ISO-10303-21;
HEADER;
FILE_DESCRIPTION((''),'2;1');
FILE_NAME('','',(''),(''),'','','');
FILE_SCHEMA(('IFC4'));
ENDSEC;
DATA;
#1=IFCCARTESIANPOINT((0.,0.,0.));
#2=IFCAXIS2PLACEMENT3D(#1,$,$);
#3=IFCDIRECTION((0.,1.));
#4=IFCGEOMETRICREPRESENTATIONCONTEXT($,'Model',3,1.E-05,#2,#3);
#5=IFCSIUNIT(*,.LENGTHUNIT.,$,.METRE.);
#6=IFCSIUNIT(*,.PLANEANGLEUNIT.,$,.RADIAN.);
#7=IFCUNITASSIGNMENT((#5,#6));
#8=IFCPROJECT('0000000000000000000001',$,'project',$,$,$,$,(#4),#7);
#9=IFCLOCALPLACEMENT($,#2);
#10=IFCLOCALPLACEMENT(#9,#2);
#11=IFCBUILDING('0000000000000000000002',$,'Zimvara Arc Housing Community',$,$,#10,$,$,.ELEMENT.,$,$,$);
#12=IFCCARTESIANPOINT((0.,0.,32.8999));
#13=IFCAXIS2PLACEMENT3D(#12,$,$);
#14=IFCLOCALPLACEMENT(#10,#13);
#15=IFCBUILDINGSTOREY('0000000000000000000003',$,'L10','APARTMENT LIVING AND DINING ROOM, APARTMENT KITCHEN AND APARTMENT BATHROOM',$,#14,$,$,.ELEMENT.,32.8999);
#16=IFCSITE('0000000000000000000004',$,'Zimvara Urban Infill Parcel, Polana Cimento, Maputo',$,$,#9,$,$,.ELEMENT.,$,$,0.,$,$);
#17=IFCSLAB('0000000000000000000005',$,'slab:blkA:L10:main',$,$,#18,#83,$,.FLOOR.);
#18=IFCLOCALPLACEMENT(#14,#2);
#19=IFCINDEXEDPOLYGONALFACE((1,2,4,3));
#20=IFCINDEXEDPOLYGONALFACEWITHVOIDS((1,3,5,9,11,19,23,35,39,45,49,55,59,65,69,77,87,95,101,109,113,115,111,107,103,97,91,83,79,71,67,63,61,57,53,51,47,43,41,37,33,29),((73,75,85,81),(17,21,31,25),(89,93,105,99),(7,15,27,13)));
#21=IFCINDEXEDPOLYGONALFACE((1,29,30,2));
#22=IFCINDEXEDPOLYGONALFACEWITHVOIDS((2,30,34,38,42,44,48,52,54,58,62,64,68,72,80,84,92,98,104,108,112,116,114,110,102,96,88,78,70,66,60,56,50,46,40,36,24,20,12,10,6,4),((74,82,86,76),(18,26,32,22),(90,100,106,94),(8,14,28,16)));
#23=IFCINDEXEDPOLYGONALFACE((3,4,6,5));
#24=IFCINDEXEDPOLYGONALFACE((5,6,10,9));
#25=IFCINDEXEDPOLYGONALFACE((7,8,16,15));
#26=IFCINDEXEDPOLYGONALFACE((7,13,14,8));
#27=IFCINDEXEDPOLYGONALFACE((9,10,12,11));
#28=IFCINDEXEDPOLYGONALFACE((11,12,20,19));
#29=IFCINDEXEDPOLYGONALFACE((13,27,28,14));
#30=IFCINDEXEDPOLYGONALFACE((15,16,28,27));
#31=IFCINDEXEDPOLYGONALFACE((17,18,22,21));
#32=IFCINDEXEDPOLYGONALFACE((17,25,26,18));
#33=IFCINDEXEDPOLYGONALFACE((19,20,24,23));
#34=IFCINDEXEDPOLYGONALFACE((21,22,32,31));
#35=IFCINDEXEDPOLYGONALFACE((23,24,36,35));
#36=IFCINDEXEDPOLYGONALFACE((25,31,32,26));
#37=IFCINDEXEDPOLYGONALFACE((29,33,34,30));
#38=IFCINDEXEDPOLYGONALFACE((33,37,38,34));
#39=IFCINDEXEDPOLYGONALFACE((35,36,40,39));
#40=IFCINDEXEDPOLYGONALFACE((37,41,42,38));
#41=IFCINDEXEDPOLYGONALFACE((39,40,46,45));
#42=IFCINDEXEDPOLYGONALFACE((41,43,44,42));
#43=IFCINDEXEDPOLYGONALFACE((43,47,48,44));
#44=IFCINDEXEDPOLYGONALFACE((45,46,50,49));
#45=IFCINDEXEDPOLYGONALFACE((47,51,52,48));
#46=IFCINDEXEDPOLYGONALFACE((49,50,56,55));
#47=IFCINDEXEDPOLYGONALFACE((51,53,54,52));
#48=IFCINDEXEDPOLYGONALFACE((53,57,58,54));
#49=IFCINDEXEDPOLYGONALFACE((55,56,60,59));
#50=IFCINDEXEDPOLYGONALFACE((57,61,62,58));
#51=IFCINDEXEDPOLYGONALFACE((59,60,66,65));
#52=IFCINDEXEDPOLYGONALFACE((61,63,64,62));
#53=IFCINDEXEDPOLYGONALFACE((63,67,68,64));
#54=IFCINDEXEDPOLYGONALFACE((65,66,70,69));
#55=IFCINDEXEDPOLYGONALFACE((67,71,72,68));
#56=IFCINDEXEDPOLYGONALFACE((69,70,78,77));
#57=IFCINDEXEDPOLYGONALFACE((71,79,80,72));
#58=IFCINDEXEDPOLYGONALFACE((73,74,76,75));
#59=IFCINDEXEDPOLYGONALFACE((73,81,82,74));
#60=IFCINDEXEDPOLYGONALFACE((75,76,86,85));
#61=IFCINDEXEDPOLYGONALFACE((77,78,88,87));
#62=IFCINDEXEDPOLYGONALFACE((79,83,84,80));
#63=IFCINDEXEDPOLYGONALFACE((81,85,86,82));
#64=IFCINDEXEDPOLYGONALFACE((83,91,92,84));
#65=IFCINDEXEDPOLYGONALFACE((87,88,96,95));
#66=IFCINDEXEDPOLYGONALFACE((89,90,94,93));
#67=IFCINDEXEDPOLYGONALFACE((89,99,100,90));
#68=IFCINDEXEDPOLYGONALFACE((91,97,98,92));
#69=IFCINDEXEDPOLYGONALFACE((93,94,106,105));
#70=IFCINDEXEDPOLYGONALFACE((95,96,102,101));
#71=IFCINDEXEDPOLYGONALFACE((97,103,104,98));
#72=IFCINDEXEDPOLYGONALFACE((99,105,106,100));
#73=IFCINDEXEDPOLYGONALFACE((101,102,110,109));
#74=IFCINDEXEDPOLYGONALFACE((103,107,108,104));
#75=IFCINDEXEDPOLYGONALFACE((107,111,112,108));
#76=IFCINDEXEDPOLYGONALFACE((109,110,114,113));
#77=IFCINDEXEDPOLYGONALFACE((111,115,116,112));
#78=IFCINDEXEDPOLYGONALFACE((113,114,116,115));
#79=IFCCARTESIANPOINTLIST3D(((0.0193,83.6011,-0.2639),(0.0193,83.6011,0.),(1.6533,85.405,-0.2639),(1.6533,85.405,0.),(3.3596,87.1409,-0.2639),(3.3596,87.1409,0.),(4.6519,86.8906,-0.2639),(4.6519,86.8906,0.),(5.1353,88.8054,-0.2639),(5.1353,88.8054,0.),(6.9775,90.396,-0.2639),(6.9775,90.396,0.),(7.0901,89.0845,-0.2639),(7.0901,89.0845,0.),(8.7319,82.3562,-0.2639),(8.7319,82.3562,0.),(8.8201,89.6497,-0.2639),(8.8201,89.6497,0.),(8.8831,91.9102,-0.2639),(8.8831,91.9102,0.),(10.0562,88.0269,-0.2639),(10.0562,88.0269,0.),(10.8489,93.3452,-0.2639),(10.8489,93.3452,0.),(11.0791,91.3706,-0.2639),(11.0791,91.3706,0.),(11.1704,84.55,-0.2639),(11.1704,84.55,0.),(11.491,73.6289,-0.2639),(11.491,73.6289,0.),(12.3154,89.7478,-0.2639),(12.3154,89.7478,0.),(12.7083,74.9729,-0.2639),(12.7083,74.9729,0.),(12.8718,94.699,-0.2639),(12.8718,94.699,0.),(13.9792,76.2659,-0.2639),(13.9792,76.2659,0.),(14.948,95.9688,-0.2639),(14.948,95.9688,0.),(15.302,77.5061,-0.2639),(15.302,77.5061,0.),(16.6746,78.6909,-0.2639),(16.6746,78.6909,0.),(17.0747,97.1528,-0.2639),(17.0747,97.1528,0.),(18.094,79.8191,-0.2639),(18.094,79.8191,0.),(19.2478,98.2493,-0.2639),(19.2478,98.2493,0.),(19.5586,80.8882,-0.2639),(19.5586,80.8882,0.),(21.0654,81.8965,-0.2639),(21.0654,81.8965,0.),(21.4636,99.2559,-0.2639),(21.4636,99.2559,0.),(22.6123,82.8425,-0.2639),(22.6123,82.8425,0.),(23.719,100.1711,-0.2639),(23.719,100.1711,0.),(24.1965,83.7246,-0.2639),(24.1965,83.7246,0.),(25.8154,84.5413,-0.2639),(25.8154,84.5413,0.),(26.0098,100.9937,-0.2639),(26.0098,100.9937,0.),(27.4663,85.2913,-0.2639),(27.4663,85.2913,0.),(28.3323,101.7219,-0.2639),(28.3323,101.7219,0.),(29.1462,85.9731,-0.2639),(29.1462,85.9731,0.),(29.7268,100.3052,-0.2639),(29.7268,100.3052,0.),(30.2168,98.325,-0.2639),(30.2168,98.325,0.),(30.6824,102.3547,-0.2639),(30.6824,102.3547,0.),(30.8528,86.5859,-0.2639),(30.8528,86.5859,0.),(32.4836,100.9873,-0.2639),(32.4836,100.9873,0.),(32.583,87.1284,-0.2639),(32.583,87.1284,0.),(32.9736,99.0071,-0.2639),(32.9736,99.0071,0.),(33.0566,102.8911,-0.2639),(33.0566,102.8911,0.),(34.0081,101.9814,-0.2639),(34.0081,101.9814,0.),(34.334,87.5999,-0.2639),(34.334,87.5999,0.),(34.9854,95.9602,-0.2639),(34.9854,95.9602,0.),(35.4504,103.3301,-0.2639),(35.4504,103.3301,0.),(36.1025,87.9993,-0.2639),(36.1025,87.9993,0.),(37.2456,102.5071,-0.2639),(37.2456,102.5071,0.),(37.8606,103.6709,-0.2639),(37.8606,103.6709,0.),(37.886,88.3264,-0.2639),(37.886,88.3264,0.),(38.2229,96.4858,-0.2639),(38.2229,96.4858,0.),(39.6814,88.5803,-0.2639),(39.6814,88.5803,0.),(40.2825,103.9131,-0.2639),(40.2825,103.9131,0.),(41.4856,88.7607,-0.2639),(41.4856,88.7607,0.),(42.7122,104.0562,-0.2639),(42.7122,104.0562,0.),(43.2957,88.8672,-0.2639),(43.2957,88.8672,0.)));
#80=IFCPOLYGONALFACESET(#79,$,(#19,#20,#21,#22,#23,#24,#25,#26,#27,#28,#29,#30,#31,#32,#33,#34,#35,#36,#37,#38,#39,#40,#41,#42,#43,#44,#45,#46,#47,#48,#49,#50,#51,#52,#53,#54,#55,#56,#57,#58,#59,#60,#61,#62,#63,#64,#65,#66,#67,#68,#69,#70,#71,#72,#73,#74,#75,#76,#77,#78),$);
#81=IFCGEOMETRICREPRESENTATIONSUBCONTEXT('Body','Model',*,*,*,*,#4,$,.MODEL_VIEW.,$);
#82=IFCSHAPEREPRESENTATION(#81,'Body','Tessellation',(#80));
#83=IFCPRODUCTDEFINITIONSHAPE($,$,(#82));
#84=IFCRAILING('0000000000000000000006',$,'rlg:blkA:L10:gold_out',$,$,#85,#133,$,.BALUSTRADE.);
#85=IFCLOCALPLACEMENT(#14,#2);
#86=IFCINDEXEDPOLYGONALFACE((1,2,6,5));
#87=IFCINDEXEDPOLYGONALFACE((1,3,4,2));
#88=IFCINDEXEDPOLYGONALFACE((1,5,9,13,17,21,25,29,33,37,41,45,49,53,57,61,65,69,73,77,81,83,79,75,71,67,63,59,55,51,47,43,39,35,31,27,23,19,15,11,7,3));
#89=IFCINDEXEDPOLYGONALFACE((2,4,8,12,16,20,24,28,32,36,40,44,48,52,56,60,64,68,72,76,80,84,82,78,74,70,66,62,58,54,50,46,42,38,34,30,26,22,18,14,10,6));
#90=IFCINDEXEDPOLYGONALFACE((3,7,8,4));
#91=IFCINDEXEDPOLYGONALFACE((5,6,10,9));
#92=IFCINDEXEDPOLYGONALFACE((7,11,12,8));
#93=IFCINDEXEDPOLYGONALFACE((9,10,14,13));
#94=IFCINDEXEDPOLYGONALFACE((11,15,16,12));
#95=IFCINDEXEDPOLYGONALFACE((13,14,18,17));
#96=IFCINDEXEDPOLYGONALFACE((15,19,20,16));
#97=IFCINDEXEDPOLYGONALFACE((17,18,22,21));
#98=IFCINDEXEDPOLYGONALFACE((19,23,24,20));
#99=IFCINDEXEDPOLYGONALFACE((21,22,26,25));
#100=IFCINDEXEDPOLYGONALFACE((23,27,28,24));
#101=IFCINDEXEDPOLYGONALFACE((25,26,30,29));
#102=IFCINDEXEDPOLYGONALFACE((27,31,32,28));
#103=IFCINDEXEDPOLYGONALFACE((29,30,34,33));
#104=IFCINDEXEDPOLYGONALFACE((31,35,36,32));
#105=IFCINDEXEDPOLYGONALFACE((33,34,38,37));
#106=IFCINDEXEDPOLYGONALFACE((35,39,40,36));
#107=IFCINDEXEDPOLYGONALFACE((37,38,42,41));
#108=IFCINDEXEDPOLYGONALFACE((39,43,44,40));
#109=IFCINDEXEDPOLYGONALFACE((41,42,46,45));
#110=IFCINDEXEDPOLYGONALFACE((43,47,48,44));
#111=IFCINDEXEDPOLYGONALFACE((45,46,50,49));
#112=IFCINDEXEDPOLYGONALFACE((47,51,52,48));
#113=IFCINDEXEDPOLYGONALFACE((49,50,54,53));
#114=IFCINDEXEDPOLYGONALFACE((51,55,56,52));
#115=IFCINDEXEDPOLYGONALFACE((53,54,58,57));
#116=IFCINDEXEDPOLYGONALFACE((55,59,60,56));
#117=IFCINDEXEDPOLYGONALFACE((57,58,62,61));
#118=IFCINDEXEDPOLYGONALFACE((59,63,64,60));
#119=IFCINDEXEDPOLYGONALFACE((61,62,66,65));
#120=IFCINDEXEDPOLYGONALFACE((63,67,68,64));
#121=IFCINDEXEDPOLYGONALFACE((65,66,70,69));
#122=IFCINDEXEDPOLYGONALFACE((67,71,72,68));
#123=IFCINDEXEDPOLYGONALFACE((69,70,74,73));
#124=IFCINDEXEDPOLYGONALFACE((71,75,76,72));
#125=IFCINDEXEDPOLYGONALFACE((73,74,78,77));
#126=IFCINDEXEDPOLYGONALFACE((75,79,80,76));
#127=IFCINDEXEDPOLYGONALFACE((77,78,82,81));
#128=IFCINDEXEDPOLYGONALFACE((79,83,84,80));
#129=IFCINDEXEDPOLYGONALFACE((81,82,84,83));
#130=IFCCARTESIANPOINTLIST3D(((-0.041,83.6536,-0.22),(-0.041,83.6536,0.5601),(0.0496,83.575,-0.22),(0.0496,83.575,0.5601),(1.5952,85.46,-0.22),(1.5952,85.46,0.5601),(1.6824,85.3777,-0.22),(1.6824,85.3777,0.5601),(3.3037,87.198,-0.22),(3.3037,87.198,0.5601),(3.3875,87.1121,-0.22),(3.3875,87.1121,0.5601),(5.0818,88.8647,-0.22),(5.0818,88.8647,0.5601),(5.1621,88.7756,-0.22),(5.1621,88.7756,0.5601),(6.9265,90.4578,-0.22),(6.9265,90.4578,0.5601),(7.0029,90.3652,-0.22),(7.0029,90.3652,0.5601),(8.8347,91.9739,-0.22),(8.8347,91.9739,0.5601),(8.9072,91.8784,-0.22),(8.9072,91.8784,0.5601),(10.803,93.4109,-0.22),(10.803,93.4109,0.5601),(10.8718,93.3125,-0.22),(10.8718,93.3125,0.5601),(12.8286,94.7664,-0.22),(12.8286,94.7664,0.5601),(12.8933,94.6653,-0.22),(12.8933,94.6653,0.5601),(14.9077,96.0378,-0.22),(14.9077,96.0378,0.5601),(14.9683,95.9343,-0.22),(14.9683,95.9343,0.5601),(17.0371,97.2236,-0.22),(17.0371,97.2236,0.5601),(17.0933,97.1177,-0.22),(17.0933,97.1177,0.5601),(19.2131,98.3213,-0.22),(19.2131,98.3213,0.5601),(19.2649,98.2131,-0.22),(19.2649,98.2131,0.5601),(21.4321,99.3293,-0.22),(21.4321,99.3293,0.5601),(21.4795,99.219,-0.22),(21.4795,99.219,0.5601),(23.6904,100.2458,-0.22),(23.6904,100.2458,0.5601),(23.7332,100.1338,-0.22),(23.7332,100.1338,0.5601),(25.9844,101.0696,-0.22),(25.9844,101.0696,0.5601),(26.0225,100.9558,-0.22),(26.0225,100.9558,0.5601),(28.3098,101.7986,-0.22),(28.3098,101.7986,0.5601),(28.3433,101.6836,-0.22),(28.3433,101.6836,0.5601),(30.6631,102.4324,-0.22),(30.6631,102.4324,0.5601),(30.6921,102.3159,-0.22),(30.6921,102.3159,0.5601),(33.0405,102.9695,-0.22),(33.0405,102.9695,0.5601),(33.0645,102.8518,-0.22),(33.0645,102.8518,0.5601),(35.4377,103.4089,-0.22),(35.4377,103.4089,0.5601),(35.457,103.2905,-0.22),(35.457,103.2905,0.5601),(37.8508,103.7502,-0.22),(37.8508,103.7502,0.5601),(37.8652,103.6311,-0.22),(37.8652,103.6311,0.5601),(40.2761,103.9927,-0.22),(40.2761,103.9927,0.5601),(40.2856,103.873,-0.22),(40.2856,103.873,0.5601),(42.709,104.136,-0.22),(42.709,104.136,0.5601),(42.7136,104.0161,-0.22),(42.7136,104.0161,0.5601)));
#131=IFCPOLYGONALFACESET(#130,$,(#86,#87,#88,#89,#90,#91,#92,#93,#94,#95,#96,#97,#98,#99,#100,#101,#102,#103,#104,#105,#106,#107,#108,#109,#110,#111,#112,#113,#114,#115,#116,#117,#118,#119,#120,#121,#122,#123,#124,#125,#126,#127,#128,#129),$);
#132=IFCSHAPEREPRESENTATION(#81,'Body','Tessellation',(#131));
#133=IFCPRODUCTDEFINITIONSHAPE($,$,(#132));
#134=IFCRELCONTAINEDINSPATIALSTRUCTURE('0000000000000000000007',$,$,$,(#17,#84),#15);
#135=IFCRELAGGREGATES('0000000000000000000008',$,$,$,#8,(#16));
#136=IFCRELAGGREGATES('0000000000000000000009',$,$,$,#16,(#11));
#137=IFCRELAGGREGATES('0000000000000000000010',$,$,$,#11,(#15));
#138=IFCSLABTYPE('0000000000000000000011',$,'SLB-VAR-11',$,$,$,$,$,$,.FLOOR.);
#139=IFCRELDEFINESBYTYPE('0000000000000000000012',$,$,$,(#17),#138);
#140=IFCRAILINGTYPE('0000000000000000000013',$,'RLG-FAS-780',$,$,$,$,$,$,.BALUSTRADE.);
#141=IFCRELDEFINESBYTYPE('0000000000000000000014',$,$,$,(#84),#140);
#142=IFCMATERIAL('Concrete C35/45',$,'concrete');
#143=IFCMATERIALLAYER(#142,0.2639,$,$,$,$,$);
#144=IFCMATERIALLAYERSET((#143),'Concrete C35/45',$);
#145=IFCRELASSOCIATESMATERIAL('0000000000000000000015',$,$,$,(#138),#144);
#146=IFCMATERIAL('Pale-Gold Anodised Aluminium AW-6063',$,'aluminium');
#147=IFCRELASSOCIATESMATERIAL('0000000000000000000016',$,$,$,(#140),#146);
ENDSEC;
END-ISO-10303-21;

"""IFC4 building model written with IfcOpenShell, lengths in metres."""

from ifc_helpers import new_model, si_unit, direction, frame, origin, place, context, subcontext, project, spatial, polyline, outline, extrude, material, layer, layer_set, type_object, element, save


model = new_model("IFC4")

# Units and contexts
model_context = context("Model", 3, precision=1e-05, world=origin(), true_north=direction((0.0, 1.0)))
body_context = subcontext(model_context, "Body", "Model", "MODEL_VIEW")
ifc_project = project(units=[si_unit("LENGTHUNIT", "METRE"), si_unit("PLANEANGLEUNIT", "RADIAN")], contexts=[model_context])

# Site, building, storey
site_placement = place(None, origin())
site = spatial("IfcSite", under=ifc_project, at=site_placement, Name="Zimvara Urban Infill Parcel, Polana Cimento, Maputo", CompositionType="ELEMENT", RefElevation=0.0)
building_placement = place(site_placement, origin())
building = spatial("IfcBuilding", under=site, at=building_placement, Name="Zimvara Arc Housing Community", CompositionType="ELEMENT")
storey_placement = place(building_placement, frame((0.0, 0.0, 32.8999)))
storey = spatial("IfcBuildingStorey", under=building, at=storey_placement, Name="L10", Description="APARTMENT LIVING AND DINING ROOM, APARTMENT KITCHEN AND APARTMENT BATHROOM", CompositionType="ELEMENT", Elevation=32.8999)

# Slab
ifc_material_1 = material(Name="Concrete C35/45", Category="concrete")
ifc_layer_1 = layer(ifc_material_1, 0.2639)
ifc_layer_set_1 = layer_set([ifc_layer_1], Name="Concrete C35/45")
slab_type_1 = type_object("IfcSlabType", Name="SLB-VAR-11", PredefinedType="FLOOR", material=ifc_layer_set_1)
slab_1_placement = place(storey_placement, frame((0.0, 0.0, -0.2639)))
element("IfcSlab", 1, at=slab_1_placement, inside=storey, type_object=slab_type_1, Name="slab:blkA:L10:main", PredefinedType="FLOOR", context=body_context, shape_type="SweptSolid", body=[
    extrude(outline(polyline([(11.491, 73.6289), (12.7083, 74.9729), (13.9792, 76.2659), (15.302, 77.5061), (16.6746, 78.6909), (18.094, 79.8191), (19.5586, 80.8882), (21.0654, 81.8965), (22.6123, 82.8425), (24.1965, 83.7246), (25.8154, 84.5413), (27.4663, 85.2913), (29.1462, 85.9731), (30.8528, 86.5859), (32.583, 87.1284), (34.334, 87.5999), (36.1025, 87.9993), (37.886, 88.3264), (39.6814, 88.5803), (41.4856, 88.7607), (43.2957, 88.8672), (42.7122, 104.0562), (40.2825, 103.9131), (37.8606, 103.6709), (35.4504, 103.3301), (33.0566, 102.8911), (30.6824, 102.3547), (28.3323, 101.7219), (26.0098, 100.9937), (23.719, 100.1711), (21.4636, 99.2559), (19.2478, 98.2493), (17.0747, 97.1528), (14.948, 95.9688), (12.8718, 94.699), (10.8489, 93.3452), (8.8831, 91.9102), (6.9775, 90.396), (5.1353, 88.8054), (3.3596, 87.1409), (1.6533, 85.405), (0.0193, 83.6011), (11.491, 73.6289)]), holes=[polyline([(8.7319, 82.3562), (4.6519, 86.8906), (7.0901, 89.0845), (11.1704, 84.55), (8.7319, 82.3562)]), polyline([(34.9854, 95.9602), (34.0081, 101.9814), (37.2456, 102.5071), (38.2229, 96.4858), (34.9854, 95.9602)]), polyline([(10.0562, 88.0269), (8.8201, 89.6497), (11.0791, 91.3706), (12.3154, 89.7478), (10.0562, 88.0269)]), polyline([(30.2168, 98.325), (29.7268, 100.3052), (32.4836, 100.9873), (32.9736, 99.0071), (30.2168, 98.325)])]), origin(), (0.0, 0.0, 1.0), 0.2639),
])

# Railing
ifc_material_2 = material(Name="Pale-Gold Anodised Aluminium AW-6063", Category="aluminium")
railing_type = type_object("IfcRailingType", Name="RLG-FAS-780", PredefinedType="BALUSTRADE", material=ifc_material_2)
railing_1_placement = place(storey_placement, frame((0.0, 0.0, -0.22)))
element("IfcRailing", 2, at=railing_1_placement, inside=storey, type_object=railing_type, Name="rlg:blkA:L10:gold_out", PredefinedType="BALUSTRADE", context=body_context, shape_type="SweptSolid", body=[
    extrude(outline(polyline([(0.0496, 83.575), (1.6824, 85.3777), (3.3875, 87.1121), (5.1621, 88.7756), (7.0029, 90.3652), (8.9072, 91.8784), (10.8718, 93.3125), (12.8933, 94.6653), (14.9683, 95.9343), (17.0933, 97.1177), (19.2649, 98.2131), (21.4795, 99.219), (23.7332, 100.1338), (26.0225, 100.9558), (28.3433, 101.6836), (30.6921, 102.3159), (33.0645, 102.8518), (35.457, 103.2905), (37.8652, 103.6311), (40.2856, 103.873), (42.7136, 104.0161), (42.709, 104.136), (40.2761, 103.9927), (37.8508, 103.7502), (35.4377, 103.4089), (33.0405, 102.9695), (30.6631, 102.4324), (28.3098, 101.7986), (25.9844, 101.0696), (23.6904, 100.2458), (21.4321, 99.3293), (19.2131, 98.3213), (17.0371, 97.2236), (14.9077, 96.0378), (12.8286, 94.7664), (10.803, 93.4109), (8.8347, 91.9739), (6.9265, 90.4578), (5.0818, 88.8647), (3.3037, 87.198), (1.5952, 85.46), (-0.041, 83.6536), (0.0496, 83.575)])), origin(), (0.0, 0.0, 1.0), 0.78),
])

save(model, "model.ifc")
